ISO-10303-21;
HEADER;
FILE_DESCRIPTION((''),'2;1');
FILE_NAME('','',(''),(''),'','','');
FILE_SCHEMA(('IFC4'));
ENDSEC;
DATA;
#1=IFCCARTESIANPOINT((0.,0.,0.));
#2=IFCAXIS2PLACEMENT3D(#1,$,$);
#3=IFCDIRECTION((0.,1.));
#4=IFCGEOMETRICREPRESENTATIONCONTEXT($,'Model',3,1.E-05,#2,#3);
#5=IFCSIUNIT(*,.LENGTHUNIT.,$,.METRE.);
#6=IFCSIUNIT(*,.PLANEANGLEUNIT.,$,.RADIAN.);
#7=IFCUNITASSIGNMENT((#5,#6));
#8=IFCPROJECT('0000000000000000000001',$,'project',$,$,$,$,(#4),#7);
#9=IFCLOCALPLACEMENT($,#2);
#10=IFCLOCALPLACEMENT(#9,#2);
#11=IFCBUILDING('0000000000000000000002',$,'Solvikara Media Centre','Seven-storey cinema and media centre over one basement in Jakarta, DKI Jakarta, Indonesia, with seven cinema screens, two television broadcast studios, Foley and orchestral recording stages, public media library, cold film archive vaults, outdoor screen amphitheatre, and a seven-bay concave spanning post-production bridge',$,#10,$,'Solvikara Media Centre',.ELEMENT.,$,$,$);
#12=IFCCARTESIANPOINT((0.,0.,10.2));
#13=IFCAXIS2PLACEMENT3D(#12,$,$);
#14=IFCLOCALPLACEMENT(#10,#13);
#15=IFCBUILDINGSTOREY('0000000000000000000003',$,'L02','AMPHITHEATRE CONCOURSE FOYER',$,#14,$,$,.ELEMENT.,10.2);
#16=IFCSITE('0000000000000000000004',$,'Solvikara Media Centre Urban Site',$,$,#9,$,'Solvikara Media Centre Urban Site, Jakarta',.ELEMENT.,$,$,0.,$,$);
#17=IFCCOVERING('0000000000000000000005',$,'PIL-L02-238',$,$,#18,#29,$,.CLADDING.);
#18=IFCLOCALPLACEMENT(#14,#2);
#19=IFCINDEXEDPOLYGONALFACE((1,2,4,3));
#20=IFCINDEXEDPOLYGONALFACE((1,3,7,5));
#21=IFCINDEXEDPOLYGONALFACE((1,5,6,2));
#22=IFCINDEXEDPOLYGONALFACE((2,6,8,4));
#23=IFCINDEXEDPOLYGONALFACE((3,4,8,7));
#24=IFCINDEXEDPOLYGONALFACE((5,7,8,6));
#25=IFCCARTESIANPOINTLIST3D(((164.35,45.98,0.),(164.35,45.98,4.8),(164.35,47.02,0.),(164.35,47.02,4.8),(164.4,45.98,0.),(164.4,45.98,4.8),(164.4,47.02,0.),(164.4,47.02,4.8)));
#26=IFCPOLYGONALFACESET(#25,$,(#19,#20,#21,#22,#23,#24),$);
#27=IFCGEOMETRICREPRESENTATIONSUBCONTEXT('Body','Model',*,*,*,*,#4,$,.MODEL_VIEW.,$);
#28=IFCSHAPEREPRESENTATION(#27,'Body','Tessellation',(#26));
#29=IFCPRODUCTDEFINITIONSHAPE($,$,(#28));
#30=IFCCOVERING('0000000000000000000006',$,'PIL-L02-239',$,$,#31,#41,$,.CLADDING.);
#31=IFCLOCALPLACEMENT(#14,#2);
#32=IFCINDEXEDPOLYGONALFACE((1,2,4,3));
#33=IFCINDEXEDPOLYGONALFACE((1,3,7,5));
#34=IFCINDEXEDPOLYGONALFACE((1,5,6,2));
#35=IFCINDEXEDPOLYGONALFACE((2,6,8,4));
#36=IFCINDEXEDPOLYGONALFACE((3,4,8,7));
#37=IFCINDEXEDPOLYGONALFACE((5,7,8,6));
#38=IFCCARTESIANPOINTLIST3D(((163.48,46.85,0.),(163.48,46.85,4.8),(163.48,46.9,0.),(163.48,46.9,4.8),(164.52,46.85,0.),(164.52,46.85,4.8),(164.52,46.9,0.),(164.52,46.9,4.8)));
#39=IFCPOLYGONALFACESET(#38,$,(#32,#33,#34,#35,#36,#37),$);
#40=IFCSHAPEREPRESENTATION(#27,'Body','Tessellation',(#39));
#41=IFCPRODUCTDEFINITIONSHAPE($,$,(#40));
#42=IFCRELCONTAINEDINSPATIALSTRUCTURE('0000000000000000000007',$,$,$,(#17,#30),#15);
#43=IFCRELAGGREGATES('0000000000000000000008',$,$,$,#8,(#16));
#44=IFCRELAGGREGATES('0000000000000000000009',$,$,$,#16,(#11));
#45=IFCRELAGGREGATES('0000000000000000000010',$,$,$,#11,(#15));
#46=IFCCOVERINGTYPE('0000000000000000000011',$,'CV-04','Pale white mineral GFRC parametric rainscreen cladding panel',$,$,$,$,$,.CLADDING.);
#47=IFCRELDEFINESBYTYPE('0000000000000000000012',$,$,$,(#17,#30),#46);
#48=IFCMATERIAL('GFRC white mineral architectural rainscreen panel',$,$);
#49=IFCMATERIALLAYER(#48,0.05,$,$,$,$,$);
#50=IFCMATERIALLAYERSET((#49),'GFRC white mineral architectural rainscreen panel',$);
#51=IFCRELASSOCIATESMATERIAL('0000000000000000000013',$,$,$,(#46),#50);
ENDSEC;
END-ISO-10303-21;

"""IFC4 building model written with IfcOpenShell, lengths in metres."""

from ifc_helpers import new_model, si_unit, direction, frame, origin, origin_2d, place, context, subcontext, project, spatial, rectangle, extrude, material, layer, layer_set, type_object, element, save


model = new_model("IFC4")

# Units and contexts
model_context = context("Model", 3, precision=1e-05, world=origin(), true_north=direction((0.0, 1.0)))
body_context = subcontext(model_context, "Body", "Model", "MODEL_VIEW")
ifc_project = project(units=[si_unit("LENGTHUNIT", "METRE"), si_unit("PLANEANGLEUNIT", "RADIAN")], contexts=[model_context])

# Site, building, storey
site_placement = place(None, origin())
site = spatial("IfcSite", under=ifc_project, at=site_placement, Name="Solvikara Media Centre Urban Site", LongName="Solvikara Media Centre Urban Site, Jakarta", CompositionType="ELEMENT", RefElevation=0.0)
building_placement = place(site_placement, origin())
building = spatial("IfcBuilding", under=site, at=building_placement, Name="Solvikara Media Centre", Description="Seven-storey cinema and media centre over one basement in Jakarta, DKI Jakarta, Indonesia, with seven cinema screens, two television broadcast studios, Foley and orchestral recording stages, public media library, cold film archive vaults, outdoor screen amphitheatre, and a seven-bay concave spanning post-production bridge", LongName="Solvikara Media Centre", CompositionType="ELEMENT")
storey_placement = place(building_placement, frame((0.0, 0.0, 10.2)))
storey = spatial("IfcBuildingStorey", under=building, at=storey_placement, Name="L02", Description="AMPHITHEATRE CONCOURSE FOYER", CompositionType="ELEMENT", Elevation=10.2)

# Coverings
ifc_material_1 = material(Name="GFRC white mineral architectural rainscreen panel")
ifc_layer_1 = layer(ifc_material_1, 0.05)
ifc_layer_set_1 = layer_set([ifc_layer_1], Name="GFRC white mineral architectural rainscreen panel")
covering_type_1 = type_object("IfcCoveringType", Name="CV-04", Description="Pale white mineral GFRC parametric rainscreen cladding panel", PredefinedType="CLADDING", material=ifc_layer_set_1)
for number, where, z_axis, x_axis, name in (
    (1, (164.375, 46.5, 0.0), (0.0, 0.0, 1.0), (0.0, 1.0, 0.0), "PIL-L02-238"),
    (2, (164.0, 46.875, 0.0), (0.0, 0.0, 1.0), (-1.0, 0.0, 0.0), "PIL-L02-239"),
):
    element("IfcCovering", number, at=place(storey_placement, frame(where, z_axis=z_axis, x_axis=x_axis)), inside=storey, type_object=covering_type_1, Name=name, PredefinedType="CLADDING", context=body_context, shape_type="SweptSolid", body=[
        extrude(rectangle(XDim=1.04, YDim=0.05, at=origin_2d()), origin(), (0.0, 0.0, 1.0), 4.8),
    ])

save(model, "model.ifc")
